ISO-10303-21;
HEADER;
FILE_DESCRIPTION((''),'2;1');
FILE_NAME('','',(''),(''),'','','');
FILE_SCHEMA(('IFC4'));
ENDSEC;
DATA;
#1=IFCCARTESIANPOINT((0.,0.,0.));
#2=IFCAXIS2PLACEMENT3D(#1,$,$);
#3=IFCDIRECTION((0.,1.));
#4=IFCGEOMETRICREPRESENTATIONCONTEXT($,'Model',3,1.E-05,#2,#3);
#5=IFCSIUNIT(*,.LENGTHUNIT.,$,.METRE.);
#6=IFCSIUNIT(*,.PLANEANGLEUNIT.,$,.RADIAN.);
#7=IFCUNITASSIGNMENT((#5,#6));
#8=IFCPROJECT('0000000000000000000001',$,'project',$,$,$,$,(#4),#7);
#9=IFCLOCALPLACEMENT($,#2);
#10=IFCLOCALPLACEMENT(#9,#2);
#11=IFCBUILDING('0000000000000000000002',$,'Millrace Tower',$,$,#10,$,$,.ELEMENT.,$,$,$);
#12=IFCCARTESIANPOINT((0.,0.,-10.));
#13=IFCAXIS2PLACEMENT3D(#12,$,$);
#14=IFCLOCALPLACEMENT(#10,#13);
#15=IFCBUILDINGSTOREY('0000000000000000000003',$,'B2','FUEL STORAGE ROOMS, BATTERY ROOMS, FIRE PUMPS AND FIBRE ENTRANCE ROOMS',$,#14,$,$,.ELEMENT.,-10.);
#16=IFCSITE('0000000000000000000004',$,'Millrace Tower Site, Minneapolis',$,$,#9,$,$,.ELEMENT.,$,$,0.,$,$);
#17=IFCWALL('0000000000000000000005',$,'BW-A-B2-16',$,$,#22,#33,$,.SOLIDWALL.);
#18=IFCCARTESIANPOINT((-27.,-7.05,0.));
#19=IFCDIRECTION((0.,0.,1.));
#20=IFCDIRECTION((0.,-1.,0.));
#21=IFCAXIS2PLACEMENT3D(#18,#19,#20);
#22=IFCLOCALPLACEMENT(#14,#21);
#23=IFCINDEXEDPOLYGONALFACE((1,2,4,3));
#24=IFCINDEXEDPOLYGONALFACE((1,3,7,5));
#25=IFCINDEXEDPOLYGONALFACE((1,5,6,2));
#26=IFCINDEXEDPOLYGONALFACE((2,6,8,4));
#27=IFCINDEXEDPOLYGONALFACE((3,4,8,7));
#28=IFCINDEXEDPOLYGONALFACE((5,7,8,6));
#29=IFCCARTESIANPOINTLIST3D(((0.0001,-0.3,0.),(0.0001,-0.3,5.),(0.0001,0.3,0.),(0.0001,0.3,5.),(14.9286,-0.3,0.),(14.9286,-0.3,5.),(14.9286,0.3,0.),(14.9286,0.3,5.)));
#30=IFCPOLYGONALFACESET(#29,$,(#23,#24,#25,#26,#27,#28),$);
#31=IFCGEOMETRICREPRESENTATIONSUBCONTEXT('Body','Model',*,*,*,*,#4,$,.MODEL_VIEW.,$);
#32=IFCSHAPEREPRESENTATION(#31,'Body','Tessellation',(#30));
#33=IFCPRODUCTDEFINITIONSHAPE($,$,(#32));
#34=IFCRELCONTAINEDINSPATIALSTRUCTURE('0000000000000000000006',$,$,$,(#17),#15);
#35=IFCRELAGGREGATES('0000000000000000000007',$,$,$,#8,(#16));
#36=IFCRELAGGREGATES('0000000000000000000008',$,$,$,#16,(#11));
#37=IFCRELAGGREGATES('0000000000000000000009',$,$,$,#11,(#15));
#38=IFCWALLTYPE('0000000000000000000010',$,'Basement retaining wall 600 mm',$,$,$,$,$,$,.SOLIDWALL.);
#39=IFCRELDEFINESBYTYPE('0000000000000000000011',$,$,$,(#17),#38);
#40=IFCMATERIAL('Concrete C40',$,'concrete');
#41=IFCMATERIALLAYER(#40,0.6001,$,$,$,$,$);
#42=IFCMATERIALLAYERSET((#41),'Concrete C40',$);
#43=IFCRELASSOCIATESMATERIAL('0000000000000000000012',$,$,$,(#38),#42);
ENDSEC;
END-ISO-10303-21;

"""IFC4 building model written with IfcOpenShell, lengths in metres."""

from ifc_helpers import new_model, si_unit, direction, frame, frame_2d, origin, place, context, subcontext, project, spatial, rectangle, extrude, material, layer, layer_set, type_object, element, save


model = new_model("IFC4")

# Units and contexts
model_context = context("Model", 3, precision=1e-05, world=origin(), true_north=direction((0.0, 1.0)))
body_context = subcontext(model_context, "Body", "Model", "MODEL_VIEW")
ifc_project = project(units=[si_unit("LENGTHUNIT", "METRE"), si_unit("PLANEANGLEUNIT", "RADIAN")], contexts=[model_context])

# Site, building, storey
site_placement = place(None, origin())
site = spatial("IfcSite", under=ifc_project, at=site_placement, Name="Millrace Tower Site, Minneapolis", CompositionType="ELEMENT", RefElevation=0.0)
building_placement = place(site_placement, origin())
building = spatial("IfcBuilding", under=site, at=building_placement, Name="Millrace Tower", CompositionType="ELEMENT")
storey_placement = place(building_placement, frame((0.0, 0.0, -10.0)))
storey = spatial("IfcBuildingStorey", under=building, at=storey_placement, Name="B2", Description="FUEL STORAGE ROOMS, BATTERY ROOMS, FIRE PUMPS AND FIBRE ENTRANCE ROOMS", CompositionType="ELEMENT", Elevation=-10.0)

# Shared definitions
placement = place(storey_placement, frame((-27.0, -7.05, 0.0), z_axis=(0.0, 0.0, 1.0), x_axis=(0.0, -1.0, 0.0)))

# Wall
ifc_material_1 = material(Name="Concrete C40", Category="concrete")
ifc_layer_1 = layer(ifc_material_1, 0.6001)
ifc_layer_set_1 = layer_set([ifc_layer_1], Name="Concrete C40")
wall_type_1 = type_object("IfcWallType", Name="Basement retaining wall 600 mm", PredefinedType="SOLIDWALL", material=ifc_layer_set_1)
element("IfcWall", 1, at=placement, inside=storey, type_object=wall_type_1, Name="BW-A-B2-16", PredefinedType="SOLIDWALL", context=body_context, shape_type="SweptSolid", body=[
    extrude(rectangle(XDim=14.9285, YDim=0.6001, at=frame_2d((7.4644, 0.0))), origin(), (0.0, 0.0, 1.0), 5.0),
])

save(model, "model.ifc")
